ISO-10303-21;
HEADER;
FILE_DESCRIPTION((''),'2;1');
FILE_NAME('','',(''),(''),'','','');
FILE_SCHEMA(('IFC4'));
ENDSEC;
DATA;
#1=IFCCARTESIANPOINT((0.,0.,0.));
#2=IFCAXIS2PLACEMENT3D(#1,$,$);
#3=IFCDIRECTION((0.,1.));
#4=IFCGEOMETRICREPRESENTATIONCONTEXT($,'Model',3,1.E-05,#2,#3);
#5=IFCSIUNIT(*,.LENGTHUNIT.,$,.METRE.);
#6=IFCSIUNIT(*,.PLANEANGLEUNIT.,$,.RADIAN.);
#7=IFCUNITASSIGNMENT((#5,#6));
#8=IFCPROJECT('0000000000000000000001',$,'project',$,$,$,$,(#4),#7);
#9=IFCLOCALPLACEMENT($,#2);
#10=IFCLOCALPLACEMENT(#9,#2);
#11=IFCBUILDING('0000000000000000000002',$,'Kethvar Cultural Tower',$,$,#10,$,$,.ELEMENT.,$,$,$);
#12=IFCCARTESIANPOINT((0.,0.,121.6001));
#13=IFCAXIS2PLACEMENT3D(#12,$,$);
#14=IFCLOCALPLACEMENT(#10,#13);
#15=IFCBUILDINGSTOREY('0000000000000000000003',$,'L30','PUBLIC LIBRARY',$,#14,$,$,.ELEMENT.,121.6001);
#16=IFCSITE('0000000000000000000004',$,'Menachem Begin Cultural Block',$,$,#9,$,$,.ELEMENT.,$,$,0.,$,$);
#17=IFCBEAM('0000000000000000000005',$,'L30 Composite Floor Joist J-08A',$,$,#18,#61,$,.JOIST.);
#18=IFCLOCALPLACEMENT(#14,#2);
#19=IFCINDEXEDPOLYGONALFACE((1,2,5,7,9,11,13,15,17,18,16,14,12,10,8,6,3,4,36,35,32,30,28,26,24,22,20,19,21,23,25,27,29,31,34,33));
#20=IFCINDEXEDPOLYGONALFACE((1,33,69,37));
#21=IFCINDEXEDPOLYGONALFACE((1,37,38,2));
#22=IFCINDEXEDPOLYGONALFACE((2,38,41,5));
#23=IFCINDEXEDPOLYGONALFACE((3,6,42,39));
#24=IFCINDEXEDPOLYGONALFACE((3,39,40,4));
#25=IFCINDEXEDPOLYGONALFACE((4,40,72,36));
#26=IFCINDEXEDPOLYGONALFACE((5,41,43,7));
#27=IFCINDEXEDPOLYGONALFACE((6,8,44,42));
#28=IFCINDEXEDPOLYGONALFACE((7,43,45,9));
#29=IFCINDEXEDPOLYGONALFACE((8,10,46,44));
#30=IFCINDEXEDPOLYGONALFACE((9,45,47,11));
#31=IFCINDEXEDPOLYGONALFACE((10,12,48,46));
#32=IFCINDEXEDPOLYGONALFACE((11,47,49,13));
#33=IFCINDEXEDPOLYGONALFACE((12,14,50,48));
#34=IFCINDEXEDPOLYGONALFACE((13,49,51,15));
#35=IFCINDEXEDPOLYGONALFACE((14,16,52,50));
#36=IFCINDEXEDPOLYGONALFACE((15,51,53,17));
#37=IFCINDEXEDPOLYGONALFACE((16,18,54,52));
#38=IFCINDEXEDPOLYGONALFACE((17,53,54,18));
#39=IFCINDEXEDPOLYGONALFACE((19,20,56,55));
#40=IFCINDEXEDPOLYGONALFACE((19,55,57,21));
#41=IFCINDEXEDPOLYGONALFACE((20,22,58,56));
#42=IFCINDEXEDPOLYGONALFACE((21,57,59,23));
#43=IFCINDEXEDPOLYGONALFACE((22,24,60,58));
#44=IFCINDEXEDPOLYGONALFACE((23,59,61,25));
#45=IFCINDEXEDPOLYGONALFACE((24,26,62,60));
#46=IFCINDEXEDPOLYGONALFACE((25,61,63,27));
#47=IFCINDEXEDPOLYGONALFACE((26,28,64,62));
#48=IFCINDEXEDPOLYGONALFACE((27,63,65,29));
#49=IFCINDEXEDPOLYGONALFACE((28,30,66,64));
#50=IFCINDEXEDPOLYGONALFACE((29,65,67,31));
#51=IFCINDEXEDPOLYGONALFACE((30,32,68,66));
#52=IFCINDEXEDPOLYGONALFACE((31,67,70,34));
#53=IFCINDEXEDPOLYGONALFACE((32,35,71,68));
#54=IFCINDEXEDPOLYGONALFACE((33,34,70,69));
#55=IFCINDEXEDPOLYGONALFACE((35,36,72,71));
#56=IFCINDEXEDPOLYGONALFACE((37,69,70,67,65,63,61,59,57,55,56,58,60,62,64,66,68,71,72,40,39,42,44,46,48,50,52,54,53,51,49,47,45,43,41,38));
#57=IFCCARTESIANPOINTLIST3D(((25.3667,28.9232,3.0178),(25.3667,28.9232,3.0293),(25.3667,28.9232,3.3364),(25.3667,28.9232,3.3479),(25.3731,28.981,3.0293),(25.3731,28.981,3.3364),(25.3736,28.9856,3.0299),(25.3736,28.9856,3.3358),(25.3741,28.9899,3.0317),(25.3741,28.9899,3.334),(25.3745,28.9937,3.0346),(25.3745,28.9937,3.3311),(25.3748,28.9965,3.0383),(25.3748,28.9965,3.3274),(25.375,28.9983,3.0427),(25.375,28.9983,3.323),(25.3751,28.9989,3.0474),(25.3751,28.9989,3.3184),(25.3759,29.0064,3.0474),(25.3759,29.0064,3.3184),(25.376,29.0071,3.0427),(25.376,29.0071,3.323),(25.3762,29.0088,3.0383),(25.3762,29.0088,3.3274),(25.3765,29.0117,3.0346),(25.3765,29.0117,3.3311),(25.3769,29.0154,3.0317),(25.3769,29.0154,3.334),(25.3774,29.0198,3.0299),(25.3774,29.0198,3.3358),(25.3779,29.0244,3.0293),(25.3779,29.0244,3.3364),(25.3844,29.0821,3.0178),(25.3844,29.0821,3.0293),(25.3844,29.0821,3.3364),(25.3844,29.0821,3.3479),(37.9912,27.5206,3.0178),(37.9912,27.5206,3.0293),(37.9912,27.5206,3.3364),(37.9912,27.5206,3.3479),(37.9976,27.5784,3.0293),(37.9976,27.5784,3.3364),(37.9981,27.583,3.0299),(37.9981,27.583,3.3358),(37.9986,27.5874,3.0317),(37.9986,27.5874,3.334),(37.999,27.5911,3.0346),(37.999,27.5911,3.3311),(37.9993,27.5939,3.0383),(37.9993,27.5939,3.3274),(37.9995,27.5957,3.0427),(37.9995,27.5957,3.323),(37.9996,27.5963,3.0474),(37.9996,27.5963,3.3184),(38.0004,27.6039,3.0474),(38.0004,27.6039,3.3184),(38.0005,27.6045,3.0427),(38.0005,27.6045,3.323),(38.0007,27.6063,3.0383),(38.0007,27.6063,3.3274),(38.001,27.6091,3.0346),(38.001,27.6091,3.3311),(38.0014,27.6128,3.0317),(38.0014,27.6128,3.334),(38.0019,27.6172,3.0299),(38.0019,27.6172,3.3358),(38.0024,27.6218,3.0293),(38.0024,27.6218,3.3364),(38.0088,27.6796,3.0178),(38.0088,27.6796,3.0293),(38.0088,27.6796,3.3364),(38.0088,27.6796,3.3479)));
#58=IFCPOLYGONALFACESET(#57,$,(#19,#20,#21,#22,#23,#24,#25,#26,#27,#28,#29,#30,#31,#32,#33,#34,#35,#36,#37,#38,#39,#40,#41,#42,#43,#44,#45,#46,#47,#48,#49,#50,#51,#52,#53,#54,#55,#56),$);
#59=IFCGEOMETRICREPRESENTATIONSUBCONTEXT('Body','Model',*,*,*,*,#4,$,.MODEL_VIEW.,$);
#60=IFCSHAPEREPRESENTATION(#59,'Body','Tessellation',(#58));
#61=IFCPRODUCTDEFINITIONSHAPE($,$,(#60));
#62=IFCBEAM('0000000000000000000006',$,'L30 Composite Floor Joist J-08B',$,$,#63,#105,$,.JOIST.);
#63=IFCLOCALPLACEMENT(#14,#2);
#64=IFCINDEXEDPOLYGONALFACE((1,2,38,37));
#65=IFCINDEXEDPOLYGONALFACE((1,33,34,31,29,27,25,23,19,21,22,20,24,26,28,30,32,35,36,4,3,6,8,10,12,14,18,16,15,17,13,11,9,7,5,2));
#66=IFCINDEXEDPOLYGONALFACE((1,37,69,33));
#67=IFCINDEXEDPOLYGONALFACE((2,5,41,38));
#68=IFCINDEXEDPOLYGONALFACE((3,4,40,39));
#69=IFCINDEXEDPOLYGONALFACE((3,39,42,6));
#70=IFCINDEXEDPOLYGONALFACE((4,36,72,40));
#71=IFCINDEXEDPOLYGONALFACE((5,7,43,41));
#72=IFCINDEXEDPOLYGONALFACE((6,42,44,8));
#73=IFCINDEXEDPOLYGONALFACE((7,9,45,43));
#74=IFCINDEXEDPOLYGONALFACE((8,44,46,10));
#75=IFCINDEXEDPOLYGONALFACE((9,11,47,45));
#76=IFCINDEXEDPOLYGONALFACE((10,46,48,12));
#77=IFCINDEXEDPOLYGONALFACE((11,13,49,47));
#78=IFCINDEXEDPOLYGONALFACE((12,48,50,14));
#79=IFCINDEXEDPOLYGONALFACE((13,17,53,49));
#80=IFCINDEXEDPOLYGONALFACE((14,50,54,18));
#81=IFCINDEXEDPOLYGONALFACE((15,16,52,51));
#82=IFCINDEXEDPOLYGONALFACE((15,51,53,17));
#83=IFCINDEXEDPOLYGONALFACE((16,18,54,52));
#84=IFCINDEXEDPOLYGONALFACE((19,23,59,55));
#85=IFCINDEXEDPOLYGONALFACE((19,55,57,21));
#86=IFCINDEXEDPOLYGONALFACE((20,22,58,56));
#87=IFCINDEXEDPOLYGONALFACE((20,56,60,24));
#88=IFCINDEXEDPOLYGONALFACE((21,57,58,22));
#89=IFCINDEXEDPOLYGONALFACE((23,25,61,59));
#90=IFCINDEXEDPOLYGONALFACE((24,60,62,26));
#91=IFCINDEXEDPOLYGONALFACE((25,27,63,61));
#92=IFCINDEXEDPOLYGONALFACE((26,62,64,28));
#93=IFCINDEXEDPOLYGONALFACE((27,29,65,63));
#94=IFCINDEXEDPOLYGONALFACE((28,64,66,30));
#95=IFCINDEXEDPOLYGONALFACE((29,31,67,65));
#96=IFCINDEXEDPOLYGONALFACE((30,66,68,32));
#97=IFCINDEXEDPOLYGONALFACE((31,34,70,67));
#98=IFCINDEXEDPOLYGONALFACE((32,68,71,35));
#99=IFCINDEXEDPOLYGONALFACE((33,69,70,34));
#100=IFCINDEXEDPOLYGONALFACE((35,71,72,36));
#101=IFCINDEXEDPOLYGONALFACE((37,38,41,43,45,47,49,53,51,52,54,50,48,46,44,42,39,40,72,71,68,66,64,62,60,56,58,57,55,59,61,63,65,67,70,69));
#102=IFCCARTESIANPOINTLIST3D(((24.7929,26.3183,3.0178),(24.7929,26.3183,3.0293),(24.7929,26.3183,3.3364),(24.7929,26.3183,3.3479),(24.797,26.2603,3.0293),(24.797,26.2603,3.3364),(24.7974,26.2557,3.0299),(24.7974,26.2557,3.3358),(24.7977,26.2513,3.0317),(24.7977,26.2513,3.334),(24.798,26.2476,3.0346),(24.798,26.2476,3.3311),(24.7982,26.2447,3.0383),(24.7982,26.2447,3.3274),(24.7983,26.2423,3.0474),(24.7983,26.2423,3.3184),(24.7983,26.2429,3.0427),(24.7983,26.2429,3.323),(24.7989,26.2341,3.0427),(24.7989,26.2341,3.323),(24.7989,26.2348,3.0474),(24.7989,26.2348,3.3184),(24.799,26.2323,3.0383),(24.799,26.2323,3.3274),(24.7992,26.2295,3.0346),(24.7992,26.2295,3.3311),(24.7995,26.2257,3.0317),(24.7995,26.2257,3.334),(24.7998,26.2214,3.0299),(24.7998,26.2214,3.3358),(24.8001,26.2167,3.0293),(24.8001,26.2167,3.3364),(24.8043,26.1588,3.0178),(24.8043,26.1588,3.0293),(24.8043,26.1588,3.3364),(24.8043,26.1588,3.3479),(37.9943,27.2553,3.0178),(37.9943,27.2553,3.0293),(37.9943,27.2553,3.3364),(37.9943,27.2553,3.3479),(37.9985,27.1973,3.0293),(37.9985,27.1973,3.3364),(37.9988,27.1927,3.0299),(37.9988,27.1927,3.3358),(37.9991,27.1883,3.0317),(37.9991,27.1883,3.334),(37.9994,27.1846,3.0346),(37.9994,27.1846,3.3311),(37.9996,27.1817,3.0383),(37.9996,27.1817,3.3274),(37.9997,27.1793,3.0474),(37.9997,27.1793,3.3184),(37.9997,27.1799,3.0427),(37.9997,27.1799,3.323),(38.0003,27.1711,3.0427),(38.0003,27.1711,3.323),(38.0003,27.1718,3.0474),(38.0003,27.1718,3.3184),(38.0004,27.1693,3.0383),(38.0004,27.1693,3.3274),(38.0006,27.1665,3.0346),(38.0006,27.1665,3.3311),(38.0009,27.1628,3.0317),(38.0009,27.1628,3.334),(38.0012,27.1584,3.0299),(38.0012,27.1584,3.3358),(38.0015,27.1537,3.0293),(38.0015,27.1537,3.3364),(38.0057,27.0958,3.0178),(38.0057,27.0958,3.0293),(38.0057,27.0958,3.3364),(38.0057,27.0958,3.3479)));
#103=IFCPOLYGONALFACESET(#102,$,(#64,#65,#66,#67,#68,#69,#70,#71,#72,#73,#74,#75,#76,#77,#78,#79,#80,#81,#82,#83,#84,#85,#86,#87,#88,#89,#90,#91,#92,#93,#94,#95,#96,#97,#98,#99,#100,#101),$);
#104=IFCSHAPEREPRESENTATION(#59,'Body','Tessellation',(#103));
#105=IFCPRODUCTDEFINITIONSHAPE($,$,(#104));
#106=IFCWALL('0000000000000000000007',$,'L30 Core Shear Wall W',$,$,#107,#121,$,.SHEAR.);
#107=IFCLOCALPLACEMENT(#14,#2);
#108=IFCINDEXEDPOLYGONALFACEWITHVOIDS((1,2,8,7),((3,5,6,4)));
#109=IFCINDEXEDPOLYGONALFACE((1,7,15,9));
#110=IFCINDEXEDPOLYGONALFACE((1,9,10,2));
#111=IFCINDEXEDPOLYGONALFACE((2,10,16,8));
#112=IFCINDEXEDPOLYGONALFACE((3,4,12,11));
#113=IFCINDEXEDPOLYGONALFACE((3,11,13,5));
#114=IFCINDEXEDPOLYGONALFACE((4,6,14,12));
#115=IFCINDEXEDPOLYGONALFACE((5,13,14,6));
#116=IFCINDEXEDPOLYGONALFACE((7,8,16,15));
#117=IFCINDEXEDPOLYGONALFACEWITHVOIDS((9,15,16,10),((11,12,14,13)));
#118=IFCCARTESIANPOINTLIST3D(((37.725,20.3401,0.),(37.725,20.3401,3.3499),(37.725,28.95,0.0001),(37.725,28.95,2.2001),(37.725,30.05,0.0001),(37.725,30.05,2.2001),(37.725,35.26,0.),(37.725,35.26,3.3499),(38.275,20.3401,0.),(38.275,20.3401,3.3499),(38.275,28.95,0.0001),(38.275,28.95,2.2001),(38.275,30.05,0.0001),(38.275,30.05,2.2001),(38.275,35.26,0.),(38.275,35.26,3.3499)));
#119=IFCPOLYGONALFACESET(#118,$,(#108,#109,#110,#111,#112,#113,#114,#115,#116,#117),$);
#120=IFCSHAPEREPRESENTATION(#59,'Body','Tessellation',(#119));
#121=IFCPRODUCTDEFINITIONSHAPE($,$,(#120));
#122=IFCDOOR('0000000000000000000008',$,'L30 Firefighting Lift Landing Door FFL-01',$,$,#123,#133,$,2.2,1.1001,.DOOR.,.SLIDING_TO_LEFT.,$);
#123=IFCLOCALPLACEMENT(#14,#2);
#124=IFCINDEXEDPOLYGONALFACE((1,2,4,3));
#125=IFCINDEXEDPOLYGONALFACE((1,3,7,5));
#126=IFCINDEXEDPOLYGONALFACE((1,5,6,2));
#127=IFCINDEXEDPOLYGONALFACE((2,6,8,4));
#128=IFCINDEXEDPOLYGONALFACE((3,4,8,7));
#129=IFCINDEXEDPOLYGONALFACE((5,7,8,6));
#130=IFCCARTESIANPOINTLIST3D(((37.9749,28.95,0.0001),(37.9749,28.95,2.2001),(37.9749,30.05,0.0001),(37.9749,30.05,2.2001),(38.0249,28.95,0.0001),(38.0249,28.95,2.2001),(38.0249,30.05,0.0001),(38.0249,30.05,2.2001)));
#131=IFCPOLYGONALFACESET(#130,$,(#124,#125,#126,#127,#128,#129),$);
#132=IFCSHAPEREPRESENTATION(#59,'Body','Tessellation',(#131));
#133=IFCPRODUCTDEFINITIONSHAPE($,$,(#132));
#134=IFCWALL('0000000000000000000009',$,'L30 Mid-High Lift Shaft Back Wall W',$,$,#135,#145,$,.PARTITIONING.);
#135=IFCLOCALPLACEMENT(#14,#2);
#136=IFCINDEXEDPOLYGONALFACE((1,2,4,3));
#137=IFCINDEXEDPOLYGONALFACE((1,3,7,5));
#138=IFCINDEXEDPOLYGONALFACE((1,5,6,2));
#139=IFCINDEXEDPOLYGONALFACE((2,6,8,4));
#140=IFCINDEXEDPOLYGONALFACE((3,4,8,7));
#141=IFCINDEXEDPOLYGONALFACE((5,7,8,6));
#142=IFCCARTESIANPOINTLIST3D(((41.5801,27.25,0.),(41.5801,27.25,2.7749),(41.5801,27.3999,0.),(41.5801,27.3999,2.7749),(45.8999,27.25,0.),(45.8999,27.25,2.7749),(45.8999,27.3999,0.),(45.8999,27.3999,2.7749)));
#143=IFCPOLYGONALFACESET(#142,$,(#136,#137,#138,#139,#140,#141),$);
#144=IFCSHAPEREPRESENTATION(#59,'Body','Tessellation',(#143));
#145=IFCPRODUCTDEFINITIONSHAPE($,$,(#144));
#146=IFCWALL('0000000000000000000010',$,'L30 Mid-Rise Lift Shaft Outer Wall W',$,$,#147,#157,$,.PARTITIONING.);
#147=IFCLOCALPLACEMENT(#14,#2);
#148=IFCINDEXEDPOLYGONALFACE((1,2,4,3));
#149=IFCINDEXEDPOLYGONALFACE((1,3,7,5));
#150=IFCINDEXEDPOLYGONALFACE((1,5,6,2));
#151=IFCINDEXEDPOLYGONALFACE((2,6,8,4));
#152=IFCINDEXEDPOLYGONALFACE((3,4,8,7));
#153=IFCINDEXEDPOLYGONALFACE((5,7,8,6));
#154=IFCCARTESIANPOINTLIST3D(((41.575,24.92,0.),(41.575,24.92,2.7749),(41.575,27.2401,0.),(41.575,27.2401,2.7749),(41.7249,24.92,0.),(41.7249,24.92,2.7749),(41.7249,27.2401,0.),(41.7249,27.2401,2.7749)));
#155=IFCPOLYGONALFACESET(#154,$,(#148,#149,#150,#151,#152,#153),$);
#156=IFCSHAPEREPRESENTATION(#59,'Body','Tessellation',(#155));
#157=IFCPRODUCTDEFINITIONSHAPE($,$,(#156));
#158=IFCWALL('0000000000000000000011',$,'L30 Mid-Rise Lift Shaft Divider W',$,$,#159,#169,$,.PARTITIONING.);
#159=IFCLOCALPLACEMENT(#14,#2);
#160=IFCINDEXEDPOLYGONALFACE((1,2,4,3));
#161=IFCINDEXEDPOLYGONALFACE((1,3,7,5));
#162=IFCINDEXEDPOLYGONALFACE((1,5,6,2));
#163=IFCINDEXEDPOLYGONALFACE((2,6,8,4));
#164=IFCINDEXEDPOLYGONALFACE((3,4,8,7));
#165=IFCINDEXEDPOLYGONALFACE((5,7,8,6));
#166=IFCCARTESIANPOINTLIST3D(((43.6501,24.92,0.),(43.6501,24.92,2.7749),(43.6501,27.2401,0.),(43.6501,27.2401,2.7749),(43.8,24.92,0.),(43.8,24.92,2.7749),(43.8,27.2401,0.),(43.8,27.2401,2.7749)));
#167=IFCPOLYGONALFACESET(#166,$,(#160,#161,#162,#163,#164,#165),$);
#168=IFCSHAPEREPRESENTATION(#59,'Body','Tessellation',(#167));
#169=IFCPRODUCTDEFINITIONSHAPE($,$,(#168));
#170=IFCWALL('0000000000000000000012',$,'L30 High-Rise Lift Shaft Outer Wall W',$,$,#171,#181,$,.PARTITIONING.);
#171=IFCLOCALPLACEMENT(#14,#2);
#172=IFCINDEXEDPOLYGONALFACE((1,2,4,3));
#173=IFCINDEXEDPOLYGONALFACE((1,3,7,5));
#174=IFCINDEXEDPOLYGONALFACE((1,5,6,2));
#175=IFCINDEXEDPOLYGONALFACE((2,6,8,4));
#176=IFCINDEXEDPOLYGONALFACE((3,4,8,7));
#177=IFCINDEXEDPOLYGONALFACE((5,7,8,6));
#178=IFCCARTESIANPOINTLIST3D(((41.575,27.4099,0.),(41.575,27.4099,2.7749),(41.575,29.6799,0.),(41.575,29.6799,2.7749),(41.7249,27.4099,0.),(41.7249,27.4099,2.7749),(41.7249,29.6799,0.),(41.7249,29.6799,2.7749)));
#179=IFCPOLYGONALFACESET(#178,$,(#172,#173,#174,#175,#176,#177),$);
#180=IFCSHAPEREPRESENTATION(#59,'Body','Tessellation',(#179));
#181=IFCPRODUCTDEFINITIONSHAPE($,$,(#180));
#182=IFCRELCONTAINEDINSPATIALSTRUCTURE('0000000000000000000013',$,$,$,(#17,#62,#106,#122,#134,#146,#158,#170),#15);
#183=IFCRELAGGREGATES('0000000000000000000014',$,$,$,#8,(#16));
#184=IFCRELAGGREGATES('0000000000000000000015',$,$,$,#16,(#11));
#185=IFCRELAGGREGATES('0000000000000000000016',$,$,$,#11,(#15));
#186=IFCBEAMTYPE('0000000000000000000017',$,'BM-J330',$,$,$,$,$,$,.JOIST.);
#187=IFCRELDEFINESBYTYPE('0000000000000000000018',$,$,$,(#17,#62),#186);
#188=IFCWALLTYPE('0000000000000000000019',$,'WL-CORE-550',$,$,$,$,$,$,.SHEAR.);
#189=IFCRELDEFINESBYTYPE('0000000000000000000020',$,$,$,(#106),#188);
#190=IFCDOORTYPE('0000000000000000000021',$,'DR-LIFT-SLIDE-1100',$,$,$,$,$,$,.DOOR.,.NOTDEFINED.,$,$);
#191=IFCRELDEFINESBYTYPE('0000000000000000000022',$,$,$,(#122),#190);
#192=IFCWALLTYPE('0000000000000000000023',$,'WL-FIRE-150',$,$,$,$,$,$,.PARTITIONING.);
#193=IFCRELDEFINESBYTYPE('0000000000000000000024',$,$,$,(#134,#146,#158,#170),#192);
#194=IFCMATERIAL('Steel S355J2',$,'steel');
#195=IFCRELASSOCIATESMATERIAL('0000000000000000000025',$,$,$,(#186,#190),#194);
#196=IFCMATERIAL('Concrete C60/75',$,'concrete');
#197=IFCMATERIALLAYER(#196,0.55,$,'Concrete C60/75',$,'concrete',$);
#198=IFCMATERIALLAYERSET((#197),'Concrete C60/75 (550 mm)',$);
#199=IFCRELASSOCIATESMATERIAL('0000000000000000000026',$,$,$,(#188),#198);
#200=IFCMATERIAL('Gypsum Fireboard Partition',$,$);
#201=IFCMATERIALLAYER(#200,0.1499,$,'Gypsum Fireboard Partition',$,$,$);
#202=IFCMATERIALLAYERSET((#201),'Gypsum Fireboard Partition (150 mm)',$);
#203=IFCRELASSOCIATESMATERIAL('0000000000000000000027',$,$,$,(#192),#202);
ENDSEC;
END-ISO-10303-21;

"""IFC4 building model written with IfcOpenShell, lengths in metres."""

from ifc_helpers import new_model, si_unit, direction, frame, frame_2d, origin, origin_2d, place, context, subcontext, project, spatial, rectangle, i_section, extrude, source, transform, mapped, material, layer, layer_set, material_profile, profile_set, type_object, element, fill, save


model = new_model("IFC4")

# Units and contexts
model_context = context("Model", 3, precision=1e-05, world=origin(), true_north=direction((0.0, 1.0)))
body_context = subcontext(model_context, "Body", "Model", "MODEL_VIEW")
ifc_project = project(units=[si_unit("LENGTHUNIT", "METRE"), si_unit("PLANEANGLEUNIT", "RADIAN")], contexts=[model_context])

# Site, building, storey
site_placement = place(None, origin())
site = spatial("IfcSite", under=ifc_project, at=site_placement, Name="Menachem Begin Cultural Block", CompositionType="ELEMENT", RefElevation=0.0)
building_placement = place(site_placement, origin())
building = spatial("IfcBuilding", under=site, at=building_placement, Name="Kethvar Cultural Tower", CompositionType="ELEMENT")
storey_placement = place(building_placement, frame((0.0, 0.0, 121.6001)))
storey = spatial("IfcBuildingStorey", under=building, at=storey_placement, Name="L30", Description="PUBLIC LIBRARY", CompositionType="ELEMENT", Elevation=121.6001)

# Beams
ifc_material_1 = material(Name="Steel S355J2", Category="steel")
ifc_material_profile_1 = material_profile(ifc_material_1, i_section(OverallWidth=0.1599, OverallDepth=0.3301, WebThickness=0.0076, FlangeThickness=0.0115, FilletRadius=0.0181, at=origin_2d()), Name="Steel S355J2 — IPE330")
ifc_profile_set_1 = profile_set([ifc_material_profile_1], Name="Steel S355J2 — IPE330")
beam_type_1 = type_object("IfcBeamType", Name="BM-J330", PredefinedType="JOIST", material=ifc_profile_set_1)
shared_shape_1 = source(origin(), body_context, "Body", "SweptSolid", [
    extrude(i_section(OverallWidth=0.1599, OverallDepth=0.3301, WebThickness=0.0076, FlangeThickness=0.0115, FilletRadius=0.0181, at=origin_2d()), origin(), (0.0, 0.0, 1.0), 12.7021),
])
beam_1_placement = place(storey_placement, frame((38.0, 27.6001, 3.1829), z_axis=(-0.993885, 0.110421, 0.0), x_axis=(-0.110421, -0.993885, 0.0)))
element("IfcBeam", 1, at=beam_1_placement, inside=storey, type_object=beam_type_1, Name="L30 Composite Floor Joist J-08A", PredefinedType="JOIST", context=body_context, shape_type="MappedRepresentation", body=[
    mapped(shared_shape_1, transform((0.0, 0.0, 0.0), scale=1.0)),
])
shared_shape_2 = source(origin(), body_context, "Body", "SweptSolid", [
    extrude(i_section(OverallWidth=0.1599, OverallDepth=0.3301, WebThickness=0.0076, FlangeThickness=0.0115, FilletRadius=0.0181, at=origin_2d()), origin(), (0.0, 0.0, 1.0), 13.2346),
])
beam_2_placement = place(storey_placement, frame((38.0, 27.1755, 3.1829), z_axis=(-0.997491, -0.0708, 0.0), x_axis=(0.0708, -0.997491, 0.0)))
element("IfcBeam", 2, at=beam_2_placement, inside=storey, type_object=beam_type_1, Name="L30 Composite Floor Joist J-08B", PredefinedType="JOIST", context=body_context, shape_type="MappedRepresentation", body=[
    mapped(shared_shape_2, transform((0.0, 0.0, 0.0), scale=1.0)),
])

# Wall, opening, door
ifc_material_2 = material(Name="Concrete C60/75", Category="concrete")
ifc_layer_1 = layer(ifc_material_2, 0.55, Name="Concrete C60/75", Category="concrete")
ifc_layer_set_1 = layer_set([ifc_layer_1], Name="Concrete C60/75 (550 mm)")
wall_type_1 = type_object("IfcWallType", Name="WL-CORE-550", PredefinedType="SHEAR", material=ifc_layer_set_1)
wall_1_placement = place(storey_placement, frame((38.0, 35.26, 0.0), z_axis=(0.0, 0.0, 1.0), x_axis=(0.0, -1.0, 0.0)))
wall_1 = element("IfcWall", 3, at=wall_1_placement, inside=storey, type_object=wall_type_1, Name="L30 Core Shear Wall W", PredefinedType="SHEAR", context=body_context, shape_type="SweptSolid", body=[
    extrude(rectangle(XDim=14.9199, YDim=0.55, at=frame_2d((7.46, 0.0))), origin(), (0.0, 0.0, 1.0), 3.3499),
])
opening_placement = place(wall_1_placement, frame((5.21, 0.0, 0.0)))
opening = element("IfcOpeningElement", 4, at=opening_placement, cuts=wall_1, PredefinedType="OPENING", context=body_context, shape_type="SweptSolid", body=[
    extrude(rectangle(XDim=1.1001, YDim=2.2, at=frame_2d((0.55, 1.1001))), frame((0.0, 0.2849, 0.0), z_axis=(0.0, -1.0, 0.0), x_axis=(1.0, 0.0, 0.0)), (0.0, 0.0, 1.0), 0.5701),
])
door_type = type_object("IfcDoorType", Name="DR-LIFT-SLIDE-1100", OperationType="NOTDEFINED", PredefinedType="DOOR", material=ifc_material_1)
shared_shape_3 = source(origin(), body_context, "Body", "SweptSolid", [
    extrude(rectangle(XDim=1.1001, YDim=2.2, at=frame_2d((0.55, 1.1001))), frame((0.0, 0.0249, 0.0), z_axis=(0.0, -1.0, 0.0), x_axis=(1.0, 0.0, 0.0)), (0.0, 0.0, 1.0), 0.05),
])
door_placement = place(opening_placement, origin())
door = element("IfcDoor", 5, at=door_placement, inside=storey, type_object=door_type, Name="L30 Firefighting Lift Landing Door FFL-01", OperationType="SLIDING_TO_LEFT", OverallHeight=2.2, OverallWidth=1.1001, PredefinedType="DOOR", context=body_context, shape_type="MappedRepresentation", body=[
    mapped(shared_shape_3, transform((0.0, 0.0, 0.0), scale=1.0)),
])
fill(opening, door)

# Walls
ifc_material_3 = material(Name="Gypsum Fireboard Partition")
ifc_layer_2 = layer(ifc_material_3, 0.1499, Name="Gypsum Fireboard Partition")
ifc_layer_set_2 = layer_set([ifc_layer_2], Name="Gypsum Fireboard Partition (150 mm)")
wall_type_2 = type_object("IfcWallType", Name="WL-FIRE-150", PredefinedType="PARTITIONING", material=ifc_layer_set_2)
wall_2_placement = place(storey_placement, frame((41.5801, 27.325, 0.0), z_axis=(0.0, 0.0, 1.0), x_axis=(1.0, 0.0, 0.0)))
element("IfcWall", 6, at=wall_2_placement, inside=storey, type_object=wall_type_2, Name="L30 Mid-High Lift Shaft Back Wall W", PredefinedType="PARTITIONING", context=body_context, shape_type="SweptSolid", body=[
    extrude(rectangle(XDim=4.3198, YDim=0.1499, at=frame_2d((2.1599, 0.0))), origin(), (0.0, 0.0, 1.0), 2.7749),
])
for number, where, z_axis, x_axis, name in (
    (7, (41.6499, 24.9199, 0.0), (0.0, 0.0, 1.0), (0.0, 1.0, 0.0), "L30 Mid-Rise Lift Shaft Outer Wall W"),
    (8, (43.7251, 24.9199, 0.0), (0.0, 0.0, 1.0), (0.0, 1.0, 0.0), "L30 Mid-Rise Lift Shaft Divider W"),
):
    element("IfcWall", number, at=place(storey_placement, frame(where, z_axis=z_axis, x_axis=x_axis)), inside=storey, type_object=wall_type_2, Name=name, PredefinedType="PARTITIONING", context=body_context, shape_type="SweptSolid", body=[
        extrude(rectangle(XDim=2.3201, YDim=0.1499, at=frame_2d((1.1602, 0.0))), origin(), (0.0, 0.0, 1.0), 2.7749),
    ])
for number, where, z_axis, x_axis, name in (
    (9, (41.6499, 27.4099, 0.0), (0.0, 0.0, 1.0), (0.0, 1.0, 0.0), "L30 High-Rise Lift Shaft Outer Wall W"),
):
    element("IfcWall", number, at=place(storey_placement, frame(where, z_axis=z_axis, x_axis=x_axis)), inside=storey, type_object=wall_type_2, Name=name, PredefinedType="PARTITIONING", context=body_context, shape_type="SweptSolid", body=[
        extrude(rectangle(XDim=2.27, YDim=0.1499, at=frame_2d((1.135, 0.0))), origin(), (0.0, 0.0, 1.0), 2.7749),
    ])

save(model, "model.ifc")
